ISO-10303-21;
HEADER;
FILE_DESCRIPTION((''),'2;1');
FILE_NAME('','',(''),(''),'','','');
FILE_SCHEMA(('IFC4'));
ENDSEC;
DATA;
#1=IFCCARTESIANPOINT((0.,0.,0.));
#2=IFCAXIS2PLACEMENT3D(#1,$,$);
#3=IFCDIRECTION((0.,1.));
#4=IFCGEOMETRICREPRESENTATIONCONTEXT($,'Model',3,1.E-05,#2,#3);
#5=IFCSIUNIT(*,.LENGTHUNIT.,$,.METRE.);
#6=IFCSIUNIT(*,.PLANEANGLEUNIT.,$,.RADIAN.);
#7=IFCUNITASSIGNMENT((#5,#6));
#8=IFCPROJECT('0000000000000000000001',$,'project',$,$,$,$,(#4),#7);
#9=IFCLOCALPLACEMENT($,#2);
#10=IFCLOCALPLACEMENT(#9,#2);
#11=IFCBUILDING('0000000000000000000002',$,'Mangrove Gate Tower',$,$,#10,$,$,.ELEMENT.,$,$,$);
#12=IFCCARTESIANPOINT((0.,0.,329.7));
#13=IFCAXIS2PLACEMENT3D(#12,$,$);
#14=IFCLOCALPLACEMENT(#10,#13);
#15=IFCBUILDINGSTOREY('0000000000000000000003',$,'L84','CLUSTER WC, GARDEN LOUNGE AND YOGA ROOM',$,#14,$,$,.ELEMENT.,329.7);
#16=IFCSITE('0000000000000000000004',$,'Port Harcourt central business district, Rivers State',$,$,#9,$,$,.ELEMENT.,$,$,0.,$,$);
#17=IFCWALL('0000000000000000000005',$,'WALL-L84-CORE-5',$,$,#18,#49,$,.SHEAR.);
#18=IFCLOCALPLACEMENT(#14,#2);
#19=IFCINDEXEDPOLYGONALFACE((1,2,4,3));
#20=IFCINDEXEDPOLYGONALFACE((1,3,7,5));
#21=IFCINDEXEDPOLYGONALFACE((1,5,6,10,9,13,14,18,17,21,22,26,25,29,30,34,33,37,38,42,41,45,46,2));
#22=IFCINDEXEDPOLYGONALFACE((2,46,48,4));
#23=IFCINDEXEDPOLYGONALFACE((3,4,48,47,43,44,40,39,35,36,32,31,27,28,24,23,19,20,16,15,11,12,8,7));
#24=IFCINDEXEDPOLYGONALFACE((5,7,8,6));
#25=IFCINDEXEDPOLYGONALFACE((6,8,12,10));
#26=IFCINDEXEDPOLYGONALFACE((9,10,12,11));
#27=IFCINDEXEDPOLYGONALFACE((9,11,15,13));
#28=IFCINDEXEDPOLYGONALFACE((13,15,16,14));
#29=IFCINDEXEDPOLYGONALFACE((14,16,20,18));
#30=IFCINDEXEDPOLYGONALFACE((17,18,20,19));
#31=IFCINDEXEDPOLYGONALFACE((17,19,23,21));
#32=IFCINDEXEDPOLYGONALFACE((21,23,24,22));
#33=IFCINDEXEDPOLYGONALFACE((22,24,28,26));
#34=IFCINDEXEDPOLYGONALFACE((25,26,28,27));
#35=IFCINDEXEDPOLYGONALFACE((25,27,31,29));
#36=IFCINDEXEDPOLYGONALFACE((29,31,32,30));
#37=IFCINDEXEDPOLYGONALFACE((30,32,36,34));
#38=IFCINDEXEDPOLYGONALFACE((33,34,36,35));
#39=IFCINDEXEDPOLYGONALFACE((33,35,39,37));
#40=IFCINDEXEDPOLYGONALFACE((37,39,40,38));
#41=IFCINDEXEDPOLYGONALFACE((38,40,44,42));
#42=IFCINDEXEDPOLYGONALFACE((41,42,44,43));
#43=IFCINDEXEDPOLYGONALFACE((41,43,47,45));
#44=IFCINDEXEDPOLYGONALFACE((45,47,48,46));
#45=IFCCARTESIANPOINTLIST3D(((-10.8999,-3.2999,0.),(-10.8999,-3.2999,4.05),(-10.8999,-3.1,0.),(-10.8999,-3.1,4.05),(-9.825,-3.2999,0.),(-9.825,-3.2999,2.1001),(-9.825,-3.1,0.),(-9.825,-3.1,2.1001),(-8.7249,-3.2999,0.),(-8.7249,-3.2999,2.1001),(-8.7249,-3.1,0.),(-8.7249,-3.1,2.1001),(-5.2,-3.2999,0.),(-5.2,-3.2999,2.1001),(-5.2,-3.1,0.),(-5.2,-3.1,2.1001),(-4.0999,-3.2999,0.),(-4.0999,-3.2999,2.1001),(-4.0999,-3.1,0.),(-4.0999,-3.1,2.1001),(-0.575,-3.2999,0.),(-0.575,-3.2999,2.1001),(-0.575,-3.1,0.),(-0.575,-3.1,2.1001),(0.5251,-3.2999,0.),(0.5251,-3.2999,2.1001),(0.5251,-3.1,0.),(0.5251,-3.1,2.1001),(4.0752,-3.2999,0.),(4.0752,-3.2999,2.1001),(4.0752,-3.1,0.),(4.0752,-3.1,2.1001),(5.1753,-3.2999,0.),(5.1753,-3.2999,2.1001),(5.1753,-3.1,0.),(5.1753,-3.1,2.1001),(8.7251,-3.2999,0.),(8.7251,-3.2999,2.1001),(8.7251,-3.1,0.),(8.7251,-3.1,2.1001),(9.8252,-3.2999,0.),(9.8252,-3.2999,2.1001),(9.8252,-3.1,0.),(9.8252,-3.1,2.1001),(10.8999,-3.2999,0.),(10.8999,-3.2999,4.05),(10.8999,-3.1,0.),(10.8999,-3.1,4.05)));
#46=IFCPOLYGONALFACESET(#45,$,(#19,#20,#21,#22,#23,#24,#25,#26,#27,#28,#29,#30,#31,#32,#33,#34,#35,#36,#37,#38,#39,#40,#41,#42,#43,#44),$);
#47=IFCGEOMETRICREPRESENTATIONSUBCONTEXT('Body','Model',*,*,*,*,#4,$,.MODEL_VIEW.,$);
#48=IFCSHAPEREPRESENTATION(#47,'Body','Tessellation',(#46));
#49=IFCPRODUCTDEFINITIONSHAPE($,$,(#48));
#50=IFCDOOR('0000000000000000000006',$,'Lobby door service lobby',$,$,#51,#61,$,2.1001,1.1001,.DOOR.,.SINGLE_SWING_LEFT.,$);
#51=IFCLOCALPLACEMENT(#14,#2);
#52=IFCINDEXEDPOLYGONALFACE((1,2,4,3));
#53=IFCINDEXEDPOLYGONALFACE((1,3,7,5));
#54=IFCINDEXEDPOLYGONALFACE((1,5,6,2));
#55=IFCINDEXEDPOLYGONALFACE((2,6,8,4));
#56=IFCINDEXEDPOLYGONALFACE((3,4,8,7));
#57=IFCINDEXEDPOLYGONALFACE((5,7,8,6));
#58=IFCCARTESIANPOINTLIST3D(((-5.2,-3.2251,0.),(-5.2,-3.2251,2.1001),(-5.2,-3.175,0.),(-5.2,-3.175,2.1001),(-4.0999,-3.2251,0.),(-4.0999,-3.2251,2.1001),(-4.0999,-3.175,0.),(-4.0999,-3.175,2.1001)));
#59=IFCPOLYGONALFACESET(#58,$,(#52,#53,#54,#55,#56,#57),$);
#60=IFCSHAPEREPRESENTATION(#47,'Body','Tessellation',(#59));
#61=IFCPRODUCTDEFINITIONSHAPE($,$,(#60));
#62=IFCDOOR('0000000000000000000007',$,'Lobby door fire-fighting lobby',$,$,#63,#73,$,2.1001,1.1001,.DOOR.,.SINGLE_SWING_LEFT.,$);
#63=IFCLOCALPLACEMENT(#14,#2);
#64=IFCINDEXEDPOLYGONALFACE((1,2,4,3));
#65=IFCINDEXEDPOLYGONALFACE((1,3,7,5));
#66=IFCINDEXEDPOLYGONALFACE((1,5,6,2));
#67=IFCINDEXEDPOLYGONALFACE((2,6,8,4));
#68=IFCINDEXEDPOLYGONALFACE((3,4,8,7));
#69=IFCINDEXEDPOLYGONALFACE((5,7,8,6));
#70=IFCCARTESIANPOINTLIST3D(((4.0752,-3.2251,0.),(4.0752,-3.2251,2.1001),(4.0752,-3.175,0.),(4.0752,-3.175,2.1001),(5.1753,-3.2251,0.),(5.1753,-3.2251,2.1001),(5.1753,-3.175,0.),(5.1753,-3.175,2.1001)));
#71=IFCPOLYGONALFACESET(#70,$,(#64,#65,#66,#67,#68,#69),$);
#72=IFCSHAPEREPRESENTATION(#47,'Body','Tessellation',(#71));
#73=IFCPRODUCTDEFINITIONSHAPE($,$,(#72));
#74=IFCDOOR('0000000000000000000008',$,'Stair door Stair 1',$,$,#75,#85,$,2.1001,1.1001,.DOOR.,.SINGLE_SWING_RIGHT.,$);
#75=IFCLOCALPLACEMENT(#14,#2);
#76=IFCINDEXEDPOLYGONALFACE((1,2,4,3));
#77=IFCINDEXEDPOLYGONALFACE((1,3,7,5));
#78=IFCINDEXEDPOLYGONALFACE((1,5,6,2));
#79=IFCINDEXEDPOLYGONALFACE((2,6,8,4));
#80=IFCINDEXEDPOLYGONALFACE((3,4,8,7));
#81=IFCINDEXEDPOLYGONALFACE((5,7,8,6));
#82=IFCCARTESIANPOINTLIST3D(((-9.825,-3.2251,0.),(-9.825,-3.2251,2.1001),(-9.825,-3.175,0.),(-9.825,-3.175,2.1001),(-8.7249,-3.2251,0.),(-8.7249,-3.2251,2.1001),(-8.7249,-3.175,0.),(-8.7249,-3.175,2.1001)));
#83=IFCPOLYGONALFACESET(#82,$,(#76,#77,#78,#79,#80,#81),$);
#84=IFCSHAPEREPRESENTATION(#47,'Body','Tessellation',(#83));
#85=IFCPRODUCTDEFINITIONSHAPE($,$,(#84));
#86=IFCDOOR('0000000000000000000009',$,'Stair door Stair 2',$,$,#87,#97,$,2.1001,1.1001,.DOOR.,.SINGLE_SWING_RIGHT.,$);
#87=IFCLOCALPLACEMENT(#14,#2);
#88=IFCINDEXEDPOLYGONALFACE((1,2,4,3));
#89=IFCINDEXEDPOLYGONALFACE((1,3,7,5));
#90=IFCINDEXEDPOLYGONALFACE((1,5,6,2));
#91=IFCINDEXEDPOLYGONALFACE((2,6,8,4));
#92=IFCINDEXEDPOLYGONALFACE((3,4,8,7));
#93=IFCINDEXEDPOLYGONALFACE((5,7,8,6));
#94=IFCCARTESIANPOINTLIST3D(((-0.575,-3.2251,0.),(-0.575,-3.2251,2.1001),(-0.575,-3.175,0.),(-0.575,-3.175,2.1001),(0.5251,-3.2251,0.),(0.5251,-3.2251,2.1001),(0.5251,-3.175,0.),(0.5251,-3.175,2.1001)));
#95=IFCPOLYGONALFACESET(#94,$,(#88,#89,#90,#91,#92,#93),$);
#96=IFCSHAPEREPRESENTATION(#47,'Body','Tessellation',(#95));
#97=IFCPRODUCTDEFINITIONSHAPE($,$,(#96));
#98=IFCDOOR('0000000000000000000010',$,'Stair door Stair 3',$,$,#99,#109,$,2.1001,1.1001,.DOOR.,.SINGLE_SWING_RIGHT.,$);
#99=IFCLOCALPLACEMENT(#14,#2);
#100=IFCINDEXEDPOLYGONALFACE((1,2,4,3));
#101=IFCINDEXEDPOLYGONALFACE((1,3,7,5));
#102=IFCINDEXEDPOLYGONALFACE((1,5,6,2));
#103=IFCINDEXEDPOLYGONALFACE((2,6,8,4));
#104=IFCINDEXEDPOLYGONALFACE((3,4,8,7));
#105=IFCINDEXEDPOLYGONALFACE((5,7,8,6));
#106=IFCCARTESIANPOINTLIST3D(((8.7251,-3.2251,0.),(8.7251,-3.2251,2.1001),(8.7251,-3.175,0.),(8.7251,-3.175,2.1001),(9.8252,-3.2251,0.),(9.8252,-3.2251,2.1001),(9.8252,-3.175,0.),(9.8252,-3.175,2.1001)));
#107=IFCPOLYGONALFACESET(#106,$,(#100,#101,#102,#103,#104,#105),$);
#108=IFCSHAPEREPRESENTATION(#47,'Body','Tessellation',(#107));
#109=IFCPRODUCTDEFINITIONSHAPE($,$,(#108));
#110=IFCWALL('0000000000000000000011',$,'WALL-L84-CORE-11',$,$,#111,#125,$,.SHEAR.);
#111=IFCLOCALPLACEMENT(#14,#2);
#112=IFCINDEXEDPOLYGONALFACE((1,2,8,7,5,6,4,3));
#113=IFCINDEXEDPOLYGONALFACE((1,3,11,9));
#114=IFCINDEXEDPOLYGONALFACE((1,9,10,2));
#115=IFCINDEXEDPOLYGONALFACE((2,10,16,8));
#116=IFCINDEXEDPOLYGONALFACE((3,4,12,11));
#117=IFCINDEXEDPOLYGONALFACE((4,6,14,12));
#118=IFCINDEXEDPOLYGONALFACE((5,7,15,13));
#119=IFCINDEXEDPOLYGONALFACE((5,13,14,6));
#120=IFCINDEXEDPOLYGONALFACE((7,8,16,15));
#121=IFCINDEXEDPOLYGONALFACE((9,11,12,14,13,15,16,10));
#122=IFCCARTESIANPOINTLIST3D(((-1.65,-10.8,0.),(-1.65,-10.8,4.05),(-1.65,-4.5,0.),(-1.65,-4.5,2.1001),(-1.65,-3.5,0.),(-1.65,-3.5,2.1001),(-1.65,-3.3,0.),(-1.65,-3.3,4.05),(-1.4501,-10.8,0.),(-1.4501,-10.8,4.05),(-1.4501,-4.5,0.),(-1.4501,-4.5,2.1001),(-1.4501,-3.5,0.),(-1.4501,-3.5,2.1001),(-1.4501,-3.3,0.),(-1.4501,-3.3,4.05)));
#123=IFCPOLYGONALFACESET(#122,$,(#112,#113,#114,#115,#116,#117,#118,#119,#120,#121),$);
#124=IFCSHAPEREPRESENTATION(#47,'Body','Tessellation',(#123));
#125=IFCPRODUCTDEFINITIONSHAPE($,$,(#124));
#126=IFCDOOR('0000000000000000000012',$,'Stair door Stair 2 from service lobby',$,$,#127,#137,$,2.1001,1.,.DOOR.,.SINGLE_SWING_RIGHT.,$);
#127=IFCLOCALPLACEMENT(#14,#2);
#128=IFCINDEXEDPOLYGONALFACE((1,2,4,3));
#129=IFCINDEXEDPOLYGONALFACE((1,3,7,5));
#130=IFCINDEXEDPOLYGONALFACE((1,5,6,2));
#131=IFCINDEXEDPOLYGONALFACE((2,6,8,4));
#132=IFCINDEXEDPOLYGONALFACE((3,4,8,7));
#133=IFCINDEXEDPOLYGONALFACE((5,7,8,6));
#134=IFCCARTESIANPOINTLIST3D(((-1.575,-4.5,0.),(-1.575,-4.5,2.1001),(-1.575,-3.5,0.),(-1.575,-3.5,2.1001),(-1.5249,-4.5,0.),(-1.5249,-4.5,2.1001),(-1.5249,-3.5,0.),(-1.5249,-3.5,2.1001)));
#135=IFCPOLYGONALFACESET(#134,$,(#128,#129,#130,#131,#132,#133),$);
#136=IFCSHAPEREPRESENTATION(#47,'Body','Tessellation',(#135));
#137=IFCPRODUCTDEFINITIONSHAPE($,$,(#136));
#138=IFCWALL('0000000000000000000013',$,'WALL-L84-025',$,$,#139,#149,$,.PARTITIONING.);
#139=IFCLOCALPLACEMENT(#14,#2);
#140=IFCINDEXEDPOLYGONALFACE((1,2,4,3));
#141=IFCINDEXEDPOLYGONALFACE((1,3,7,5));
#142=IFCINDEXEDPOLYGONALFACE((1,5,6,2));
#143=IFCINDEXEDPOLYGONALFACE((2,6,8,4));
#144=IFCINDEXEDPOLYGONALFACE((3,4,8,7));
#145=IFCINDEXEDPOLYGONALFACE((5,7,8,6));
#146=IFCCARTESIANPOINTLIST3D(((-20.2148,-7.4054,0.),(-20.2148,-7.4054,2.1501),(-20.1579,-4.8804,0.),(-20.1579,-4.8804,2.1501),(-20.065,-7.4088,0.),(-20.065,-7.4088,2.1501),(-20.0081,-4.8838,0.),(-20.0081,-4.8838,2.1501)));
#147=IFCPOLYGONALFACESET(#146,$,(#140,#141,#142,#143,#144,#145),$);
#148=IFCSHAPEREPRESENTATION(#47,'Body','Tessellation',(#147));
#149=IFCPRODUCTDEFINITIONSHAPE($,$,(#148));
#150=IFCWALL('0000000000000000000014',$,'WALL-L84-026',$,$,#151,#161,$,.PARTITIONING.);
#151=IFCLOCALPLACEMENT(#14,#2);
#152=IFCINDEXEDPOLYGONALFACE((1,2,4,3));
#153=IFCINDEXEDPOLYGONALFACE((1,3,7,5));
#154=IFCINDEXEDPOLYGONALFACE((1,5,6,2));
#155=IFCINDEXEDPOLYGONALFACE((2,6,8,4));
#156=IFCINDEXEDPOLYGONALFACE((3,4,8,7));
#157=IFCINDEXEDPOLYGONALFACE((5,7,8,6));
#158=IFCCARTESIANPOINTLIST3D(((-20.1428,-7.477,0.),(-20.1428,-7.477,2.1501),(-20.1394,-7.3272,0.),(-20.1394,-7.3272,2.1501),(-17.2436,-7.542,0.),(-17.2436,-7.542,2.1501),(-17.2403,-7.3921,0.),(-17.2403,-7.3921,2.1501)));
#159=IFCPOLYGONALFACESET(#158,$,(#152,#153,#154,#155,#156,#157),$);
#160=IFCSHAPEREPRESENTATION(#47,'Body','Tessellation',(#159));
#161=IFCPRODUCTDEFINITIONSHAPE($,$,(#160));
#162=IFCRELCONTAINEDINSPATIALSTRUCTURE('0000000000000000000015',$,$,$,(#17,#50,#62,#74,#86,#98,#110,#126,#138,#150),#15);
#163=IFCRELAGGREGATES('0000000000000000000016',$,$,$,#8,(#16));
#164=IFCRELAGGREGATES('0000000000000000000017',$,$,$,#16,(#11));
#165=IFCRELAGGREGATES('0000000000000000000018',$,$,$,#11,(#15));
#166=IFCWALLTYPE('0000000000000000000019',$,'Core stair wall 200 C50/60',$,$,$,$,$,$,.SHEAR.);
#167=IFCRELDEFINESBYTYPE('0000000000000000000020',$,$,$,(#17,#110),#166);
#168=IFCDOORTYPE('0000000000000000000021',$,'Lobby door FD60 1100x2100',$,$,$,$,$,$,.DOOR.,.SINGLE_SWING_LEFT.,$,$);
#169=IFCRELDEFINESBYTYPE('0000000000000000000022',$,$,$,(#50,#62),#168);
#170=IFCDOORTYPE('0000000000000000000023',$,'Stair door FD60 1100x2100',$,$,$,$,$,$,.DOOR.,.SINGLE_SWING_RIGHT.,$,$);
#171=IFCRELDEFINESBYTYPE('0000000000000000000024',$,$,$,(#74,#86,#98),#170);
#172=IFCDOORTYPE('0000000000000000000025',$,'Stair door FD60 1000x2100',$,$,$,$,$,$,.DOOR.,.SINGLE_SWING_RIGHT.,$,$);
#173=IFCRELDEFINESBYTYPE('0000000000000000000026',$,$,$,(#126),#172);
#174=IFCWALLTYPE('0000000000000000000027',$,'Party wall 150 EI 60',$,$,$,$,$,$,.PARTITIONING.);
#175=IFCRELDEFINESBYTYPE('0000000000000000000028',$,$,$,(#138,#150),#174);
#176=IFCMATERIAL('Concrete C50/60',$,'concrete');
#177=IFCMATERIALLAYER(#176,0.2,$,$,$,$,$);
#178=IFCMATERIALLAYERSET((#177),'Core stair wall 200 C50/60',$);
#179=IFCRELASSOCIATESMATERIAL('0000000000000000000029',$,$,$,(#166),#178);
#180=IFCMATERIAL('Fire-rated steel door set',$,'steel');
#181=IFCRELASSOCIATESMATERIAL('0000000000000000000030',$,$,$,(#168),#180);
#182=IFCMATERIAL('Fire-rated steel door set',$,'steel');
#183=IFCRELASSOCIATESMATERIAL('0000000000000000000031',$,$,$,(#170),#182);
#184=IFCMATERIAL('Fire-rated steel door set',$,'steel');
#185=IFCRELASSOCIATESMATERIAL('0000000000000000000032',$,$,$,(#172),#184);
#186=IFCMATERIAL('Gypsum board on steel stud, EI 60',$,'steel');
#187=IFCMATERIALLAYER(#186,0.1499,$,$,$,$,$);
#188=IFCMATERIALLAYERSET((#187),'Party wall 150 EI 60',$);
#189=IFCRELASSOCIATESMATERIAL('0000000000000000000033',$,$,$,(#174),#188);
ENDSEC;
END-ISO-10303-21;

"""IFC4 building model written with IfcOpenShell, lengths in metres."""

from ifc_helpers import new_model, si_unit, direction, frame, frame_2d, origin, place, context, subcontext, project, spatial, rectangle, extrude, material, layer, layer_set, type_object, element, fill, save


model = new_model("IFC4")

# Units and contexts
model_context = context("Model", 3, precision=1e-05, world=origin(), true_north=direction((0.0, 1.0)))
body_context = subcontext(model_context, "Body", "Model", "MODEL_VIEW")
ifc_project = project(units=[si_unit("LENGTHUNIT", "METRE"), si_unit("PLANEANGLEUNIT", "RADIAN")], contexts=[model_context])

# Site, building, storey
site_placement = place(None, origin())
site = spatial("IfcSite", under=ifc_project, at=site_placement, Name="Port Harcourt central business district, Rivers State", CompositionType="ELEMENT", RefElevation=0.0)
building_placement = place(site_placement, origin())
building = spatial("IfcBuilding", under=site, at=building_placement, Name="Mangrove Gate Tower", CompositionType="ELEMENT")
storey_placement = place(building_placement, frame((0.0, 0.0, 329.7)))
storey = spatial("IfcBuildingStorey", under=building, at=storey_placement, Name="L84", Description="CLUSTER WC, GARDEN LOUNGE AND YOGA ROOM", CompositionType="ELEMENT", Elevation=329.7)

# Wall, openings, doors
ifc_material_1 = material(Name="Concrete C50/60", Category="concrete")
ifc_layer_1 = layer(ifc_material_1, 0.2)
ifc_layer_set_1 = layer_set([ifc_layer_1], Name="Core stair wall 200 C50/60")
wall_type_1 = type_object("IfcWallType", Name="Core stair wall 200 C50/60", PredefinedType="SHEAR", material=ifc_layer_set_1)
wall_1_placement = place(storey_placement, frame((-10.8999, -3.2, 0.0), z_axis=(0.0, 0.0, 1.0), x_axis=(1.0, 0.0, 0.0)))
wall_1 = element("IfcWall", 1, at=wall_1_placement, inside=storey, type_object=wall_type_1, Name="WALL-L84-CORE-5", PredefinedType="SHEAR", context=body_context, shape_type="SweptSolid", body=[
    extrude(rectangle(XDim=21.7998, YDim=0.2, at=frame_2d((10.8999, 0.0))), origin(), (0.0, 0.0, 1.0), 4.05),
])
opening_1_placement = place(wall_1_placement, frame((1.075, 0.0, 0.0)))
opening_1 = element("IfcOpeningElement", 2, at=opening_1_placement, cuts=wall_1, PredefinedType="OPENING", context=body_context, shape_type="SweptSolid", body=[
    extrude(rectangle(XDim=1.1001, YDim=2.1001, at=frame_2d((0.55, 1.05))), frame((0.0, 0.1099, 0.0), z_axis=(0.0, -1.0, 0.0), x_axis=(1.0, 0.0, 0.0)), (0.0, 0.0, 1.0), 0.22),
])
opening_2_placement = place(wall_1_placement, frame((10.325, 0.0, 0.0)))
opening_2 = element("IfcOpeningElement", 3, at=opening_2_placement, cuts=wall_1, PredefinedType="OPENING", context=body_context, shape_type="SweptSolid", body=[
    extrude(rectangle(XDim=1.1001, YDim=2.1001, at=frame_2d((0.55, 1.05))), frame((0.0, 0.1099, 0.0), z_axis=(0.0, -1.0, 0.0), x_axis=(1.0, 0.0, 0.0)), (0.0, 0.0, 1.0), 0.22),
])
opening_3_placement = place(wall_1_placement, frame((19.625, 0.0, 0.0)))
opening_3 = element("IfcOpeningElement", 4, at=opening_3_placement, cuts=wall_1, PredefinedType="OPENING", context=body_context, shape_type="SweptSolid", body=[
    extrude(rectangle(XDim=1.1001, YDim=2.1001, at=frame_2d((0.55, 1.05))), frame((0.0, 0.1099, 0.0), z_axis=(0.0, -1.0, 0.0), x_axis=(1.0, 0.0, 0.0)), (0.0, 0.0, 1.0), 0.22),
])
opening_4_placement = place(wall_1_placement, frame((5.7, 0.0, 0.0)))
opening_4 = element("IfcOpeningElement", 5, at=opening_4_placement, cuts=wall_1, PredefinedType="OPENING", context=body_context, shape_type="SweptSolid", body=[
    extrude(rectangle(XDim=1.1001, YDim=2.1001, at=frame_2d((0.55, 1.05))), frame((0.0, 0.1099, 0.0), z_axis=(0.0, -1.0, 0.0), x_axis=(1.0, 0.0, 0.0)), (0.0, 0.0, 1.0), 0.22),
])
opening_5_placement = place(wall_1_placement, frame((14.9751, 0.0, 0.0)))
opening_5 = element("IfcOpeningElement", 6, at=opening_5_placement, cuts=wall_1, PredefinedType="OPENING", context=body_context, shape_type="SweptSolid", body=[
    extrude(rectangle(XDim=1.1001, YDim=2.1001, at=frame_2d((0.55, 1.05))), frame((0.0, 0.1099, 0.0), z_axis=(0.0, -1.0, 0.0), x_axis=(1.0, 0.0, 0.0)), (0.0, 0.0, 1.0), 0.22),
])
ifc_material_2 = material(Name="Fire-rated steel door set", Category="steel")
door_type_1 = type_object("IfcDoorType", Name="Lobby door FD60 1100x2100", OperationType="SINGLE_SWING_LEFT", PredefinedType="DOOR", material=ifc_material_2)
door_1_placement = place(opening_4_placement, origin())
door_1 = element("IfcDoor", 7, at=door_1_placement, inside=storey, type_object=door_type_1, Name="Lobby door service lobby", OperationType="SINGLE_SWING_LEFT", OverallHeight=2.1001, OverallWidth=1.1001, PredefinedType="DOOR", context=body_context, shape_type="SweptSolid", body=[
    extrude(rectangle(XDim=1.1001, YDim=2.1001, at=frame_2d((0.55, 1.05))), frame((0.0, 0.0249, 0.0), z_axis=(0.0, -1.0, 0.0), x_axis=(1.0, 0.0, 0.0)), (0.0, 0.0, 1.0), 0.05),
])
fill(opening_4, door_1)
door_2_placement = place(opening_5_placement, origin())
door_2 = element("IfcDoor", 8, at=door_2_placement, inside=storey, type_object=door_type_1, Name="Lobby door fire-fighting lobby", OperationType="SINGLE_SWING_LEFT", OverallHeight=2.1001, OverallWidth=1.1001, PredefinedType="DOOR", context=body_context, shape_type="SweptSolid", body=[
    extrude(rectangle(XDim=1.1001, YDim=2.1001, at=frame_2d((0.55, 1.05))), frame((0.0, 0.0249, 0.0), z_axis=(0.0, -1.0, 0.0), x_axis=(1.0, 0.0, 0.0)), (0.0, 0.0, 1.0), 0.05),
])
fill(opening_5, door_2)
ifc_material_3 = material(Name="Fire-rated steel door set", Category="steel")
door_type_2 = type_object("IfcDoorType", Name="Stair door FD60 1100x2100", OperationType="SINGLE_SWING_RIGHT", PredefinedType="DOOR", material=ifc_material_3)
door_3_placement = place(opening_1_placement, origin())
door_3 = element("IfcDoor", 9, at=door_3_placement, inside=storey, type_object=door_type_2, Name="Stair door Stair 1", OperationType="SINGLE_SWING_RIGHT", OverallHeight=2.1001, OverallWidth=1.1001, PredefinedType="DOOR", context=body_context, shape_type="SweptSolid", body=[
    extrude(rectangle(XDim=1.1001, YDim=2.1001, at=frame_2d((0.55, 1.05))), frame((0.0, 0.0249, 0.0), z_axis=(0.0, -1.0, 0.0), x_axis=(1.0, 0.0, 0.0)), (0.0, 0.0, 1.0), 0.05),
])
fill(opening_1, door_3)
door_4_placement = place(opening_2_placement, origin())
door_4 = element("IfcDoor", 10, at=door_4_placement, inside=storey, type_object=door_type_2, Name="Stair door Stair 2", OperationType="SINGLE_SWING_RIGHT", OverallHeight=2.1001, OverallWidth=1.1001, PredefinedType="DOOR", context=body_context, shape_type="SweptSolid", body=[
    extrude(rectangle(XDim=1.1001, YDim=2.1001, at=frame_2d((0.55, 1.05))), frame((0.0, 0.0249, 0.0), z_axis=(0.0, -1.0, 0.0), x_axis=(1.0, 0.0, 0.0)), (0.0, 0.0, 1.0), 0.05),
])
fill(opening_2, door_4)
door_5_placement = place(opening_3_placement, origin())
door_5 = element("IfcDoor", 11, at=door_5_placement, inside=storey, type_object=door_type_2, Name="Stair door Stair 3", OperationType="SINGLE_SWING_RIGHT", OverallHeight=2.1001, OverallWidth=1.1001, PredefinedType="DOOR", context=body_context, shape_type="SweptSolid", body=[
    extrude(rectangle(XDim=1.1001, YDim=2.1001, at=frame_2d((0.55, 1.05))), frame((0.0, 0.0249, 0.0), z_axis=(0.0, -1.0, 0.0), x_axis=(1.0, 0.0, 0.0)), (0.0, 0.0, 1.0), 0.05),
])
fill(opening_3, door_5)

# Wall, opening, door
wall_2_placement = place(storey_placement, frame((-1.55, -10.8, 0.0), z_axis=(0.0, 0.0, 1.0), x_axis=(0.0, 1.0, 0.0)))
wall_2 = element("IfcWall", 12, at=wall_2_placement, inside=storey, type_object=wall_type_1, Name="WALL-L84-CORE-11", PredefinedType="SHEAR", context=body_context, shape_type="SweptSolid", body=[
    extrude(rectangle(XDim=7.5, YDim=0.2, at=frame_2d((3.75, 0.0))), origin(), (0.0, 0.0, 1.0), 4.05),
])
opening_6_placement = place(wall_2_placement, frame((6.3, 0.0, 0.0)))
opening_6 = element("IfcOpeningElement", 13, at=opening_6_placement, cuts=wall_2, PredefinedType="OPENING", context=body_context, shape_type="SweptSolid", body=[
    extrude(rectangle(XDim=1.0, YDim=2.1001, at=frame_2d((0.5, 1.05))), frame((0.0, 0.1099, 0.0), z_axis=(0.0, -1.0, 0.0), x_axis=(1.0, 0.0, 0.0)), (0.0, 0.0, 1.0), 0.22),
])
ifc_material_4 = material(Name="Fire-rated steel door set", Category="steel")
door_type_3 = type_object("IfcDoorType", Name="Stair door FD60 1000x2100", OperationType="SINGLE_SWING_RIGHT", PredefinedType="DOOR", material=ifc_material_4)
door_6_placement = place(opening_6_placement, origin())
door_6 = element("IfcDoor", 14, at=door_6_placement, inside=storey, type_object=door_type_3, Name="Stair door Stair 2 from service lobby", OperationType="SINGLE_SWING_RIGHT", OverallHeight=2.1001, OverallWidth=1.0, PredefinedType="DOOR", context=body_context, shape_type="SweptSolid", body=[
    extrude(rectangle(XDim=1.0, YDim=2.1001, at=frame_2d((0.5, 1.05))), frame((0.0, 0.0249, 0.0), z_axis=(0.0, -1.0, 0.0), x_axis=(1.0, 0.0, 0.0)), (0.0, 0.0, 1.0), 0.05),
])
fill(opening_6, door_6)

# Walls
ifc_material_5 = material(Name="Gypsum board on steel stud, EI 60", Category="steel")
ifc_layer_2 = layer(ifc_material_5, 0.1499)
ifc_layer_set_2 = layer_set([ifc_layer_2], Name="Party wall 150 EI 60")
wall_type_2 = type_object("IfcWallType", Name="Party wall 150 EI 60", PredefinedType="PARTITIONING", material=ifc_layer_set_2)
wall_3_placement = place(storey_placement, frame((-20.1399, -7.407, 0.0), z_axis=(0.0, 0.0, 1.0), x_axis=(0.022524, 0.999746, 0.0)))
element("IfcWall", 15, at=wall_3_placement, inside=storey, type_object=wall_type_2, Name="WALL-L84-025", PredefinedType="PARTITIONING", context=body_context, shape_type="SweptSolid", body=[
    extrude(rectangle(XDim=2.5256, YDim=0.1499, at=frame_2d((1.2627, 0.0))), origin(), (0.0, 0.0, 1.0), 2.1501),
])
wall_4_placement = place(storey_placement, frame((-20.1411, -7.4021, 0.0), z_axis=(0.0, 0.0, 1.0), x_axis=(0.999749, -0.022394, 0.0)))
element("IfcWall", 16, at=wall_4_placement, inside=storey, type_object=wall_type_2, Name="WALL-L84-026", PredefinedType="PARTITIONING", context=body_context, shape_type="SweptSolid", body=[
    extrude(rectangle(XDim=2.8999, YDim=0.1499, at=frame_2d((1.45, 0.0))), origin(), (0.0, 0.0, 1.0), 2.1501),
])

save(model, "model.ifc")
